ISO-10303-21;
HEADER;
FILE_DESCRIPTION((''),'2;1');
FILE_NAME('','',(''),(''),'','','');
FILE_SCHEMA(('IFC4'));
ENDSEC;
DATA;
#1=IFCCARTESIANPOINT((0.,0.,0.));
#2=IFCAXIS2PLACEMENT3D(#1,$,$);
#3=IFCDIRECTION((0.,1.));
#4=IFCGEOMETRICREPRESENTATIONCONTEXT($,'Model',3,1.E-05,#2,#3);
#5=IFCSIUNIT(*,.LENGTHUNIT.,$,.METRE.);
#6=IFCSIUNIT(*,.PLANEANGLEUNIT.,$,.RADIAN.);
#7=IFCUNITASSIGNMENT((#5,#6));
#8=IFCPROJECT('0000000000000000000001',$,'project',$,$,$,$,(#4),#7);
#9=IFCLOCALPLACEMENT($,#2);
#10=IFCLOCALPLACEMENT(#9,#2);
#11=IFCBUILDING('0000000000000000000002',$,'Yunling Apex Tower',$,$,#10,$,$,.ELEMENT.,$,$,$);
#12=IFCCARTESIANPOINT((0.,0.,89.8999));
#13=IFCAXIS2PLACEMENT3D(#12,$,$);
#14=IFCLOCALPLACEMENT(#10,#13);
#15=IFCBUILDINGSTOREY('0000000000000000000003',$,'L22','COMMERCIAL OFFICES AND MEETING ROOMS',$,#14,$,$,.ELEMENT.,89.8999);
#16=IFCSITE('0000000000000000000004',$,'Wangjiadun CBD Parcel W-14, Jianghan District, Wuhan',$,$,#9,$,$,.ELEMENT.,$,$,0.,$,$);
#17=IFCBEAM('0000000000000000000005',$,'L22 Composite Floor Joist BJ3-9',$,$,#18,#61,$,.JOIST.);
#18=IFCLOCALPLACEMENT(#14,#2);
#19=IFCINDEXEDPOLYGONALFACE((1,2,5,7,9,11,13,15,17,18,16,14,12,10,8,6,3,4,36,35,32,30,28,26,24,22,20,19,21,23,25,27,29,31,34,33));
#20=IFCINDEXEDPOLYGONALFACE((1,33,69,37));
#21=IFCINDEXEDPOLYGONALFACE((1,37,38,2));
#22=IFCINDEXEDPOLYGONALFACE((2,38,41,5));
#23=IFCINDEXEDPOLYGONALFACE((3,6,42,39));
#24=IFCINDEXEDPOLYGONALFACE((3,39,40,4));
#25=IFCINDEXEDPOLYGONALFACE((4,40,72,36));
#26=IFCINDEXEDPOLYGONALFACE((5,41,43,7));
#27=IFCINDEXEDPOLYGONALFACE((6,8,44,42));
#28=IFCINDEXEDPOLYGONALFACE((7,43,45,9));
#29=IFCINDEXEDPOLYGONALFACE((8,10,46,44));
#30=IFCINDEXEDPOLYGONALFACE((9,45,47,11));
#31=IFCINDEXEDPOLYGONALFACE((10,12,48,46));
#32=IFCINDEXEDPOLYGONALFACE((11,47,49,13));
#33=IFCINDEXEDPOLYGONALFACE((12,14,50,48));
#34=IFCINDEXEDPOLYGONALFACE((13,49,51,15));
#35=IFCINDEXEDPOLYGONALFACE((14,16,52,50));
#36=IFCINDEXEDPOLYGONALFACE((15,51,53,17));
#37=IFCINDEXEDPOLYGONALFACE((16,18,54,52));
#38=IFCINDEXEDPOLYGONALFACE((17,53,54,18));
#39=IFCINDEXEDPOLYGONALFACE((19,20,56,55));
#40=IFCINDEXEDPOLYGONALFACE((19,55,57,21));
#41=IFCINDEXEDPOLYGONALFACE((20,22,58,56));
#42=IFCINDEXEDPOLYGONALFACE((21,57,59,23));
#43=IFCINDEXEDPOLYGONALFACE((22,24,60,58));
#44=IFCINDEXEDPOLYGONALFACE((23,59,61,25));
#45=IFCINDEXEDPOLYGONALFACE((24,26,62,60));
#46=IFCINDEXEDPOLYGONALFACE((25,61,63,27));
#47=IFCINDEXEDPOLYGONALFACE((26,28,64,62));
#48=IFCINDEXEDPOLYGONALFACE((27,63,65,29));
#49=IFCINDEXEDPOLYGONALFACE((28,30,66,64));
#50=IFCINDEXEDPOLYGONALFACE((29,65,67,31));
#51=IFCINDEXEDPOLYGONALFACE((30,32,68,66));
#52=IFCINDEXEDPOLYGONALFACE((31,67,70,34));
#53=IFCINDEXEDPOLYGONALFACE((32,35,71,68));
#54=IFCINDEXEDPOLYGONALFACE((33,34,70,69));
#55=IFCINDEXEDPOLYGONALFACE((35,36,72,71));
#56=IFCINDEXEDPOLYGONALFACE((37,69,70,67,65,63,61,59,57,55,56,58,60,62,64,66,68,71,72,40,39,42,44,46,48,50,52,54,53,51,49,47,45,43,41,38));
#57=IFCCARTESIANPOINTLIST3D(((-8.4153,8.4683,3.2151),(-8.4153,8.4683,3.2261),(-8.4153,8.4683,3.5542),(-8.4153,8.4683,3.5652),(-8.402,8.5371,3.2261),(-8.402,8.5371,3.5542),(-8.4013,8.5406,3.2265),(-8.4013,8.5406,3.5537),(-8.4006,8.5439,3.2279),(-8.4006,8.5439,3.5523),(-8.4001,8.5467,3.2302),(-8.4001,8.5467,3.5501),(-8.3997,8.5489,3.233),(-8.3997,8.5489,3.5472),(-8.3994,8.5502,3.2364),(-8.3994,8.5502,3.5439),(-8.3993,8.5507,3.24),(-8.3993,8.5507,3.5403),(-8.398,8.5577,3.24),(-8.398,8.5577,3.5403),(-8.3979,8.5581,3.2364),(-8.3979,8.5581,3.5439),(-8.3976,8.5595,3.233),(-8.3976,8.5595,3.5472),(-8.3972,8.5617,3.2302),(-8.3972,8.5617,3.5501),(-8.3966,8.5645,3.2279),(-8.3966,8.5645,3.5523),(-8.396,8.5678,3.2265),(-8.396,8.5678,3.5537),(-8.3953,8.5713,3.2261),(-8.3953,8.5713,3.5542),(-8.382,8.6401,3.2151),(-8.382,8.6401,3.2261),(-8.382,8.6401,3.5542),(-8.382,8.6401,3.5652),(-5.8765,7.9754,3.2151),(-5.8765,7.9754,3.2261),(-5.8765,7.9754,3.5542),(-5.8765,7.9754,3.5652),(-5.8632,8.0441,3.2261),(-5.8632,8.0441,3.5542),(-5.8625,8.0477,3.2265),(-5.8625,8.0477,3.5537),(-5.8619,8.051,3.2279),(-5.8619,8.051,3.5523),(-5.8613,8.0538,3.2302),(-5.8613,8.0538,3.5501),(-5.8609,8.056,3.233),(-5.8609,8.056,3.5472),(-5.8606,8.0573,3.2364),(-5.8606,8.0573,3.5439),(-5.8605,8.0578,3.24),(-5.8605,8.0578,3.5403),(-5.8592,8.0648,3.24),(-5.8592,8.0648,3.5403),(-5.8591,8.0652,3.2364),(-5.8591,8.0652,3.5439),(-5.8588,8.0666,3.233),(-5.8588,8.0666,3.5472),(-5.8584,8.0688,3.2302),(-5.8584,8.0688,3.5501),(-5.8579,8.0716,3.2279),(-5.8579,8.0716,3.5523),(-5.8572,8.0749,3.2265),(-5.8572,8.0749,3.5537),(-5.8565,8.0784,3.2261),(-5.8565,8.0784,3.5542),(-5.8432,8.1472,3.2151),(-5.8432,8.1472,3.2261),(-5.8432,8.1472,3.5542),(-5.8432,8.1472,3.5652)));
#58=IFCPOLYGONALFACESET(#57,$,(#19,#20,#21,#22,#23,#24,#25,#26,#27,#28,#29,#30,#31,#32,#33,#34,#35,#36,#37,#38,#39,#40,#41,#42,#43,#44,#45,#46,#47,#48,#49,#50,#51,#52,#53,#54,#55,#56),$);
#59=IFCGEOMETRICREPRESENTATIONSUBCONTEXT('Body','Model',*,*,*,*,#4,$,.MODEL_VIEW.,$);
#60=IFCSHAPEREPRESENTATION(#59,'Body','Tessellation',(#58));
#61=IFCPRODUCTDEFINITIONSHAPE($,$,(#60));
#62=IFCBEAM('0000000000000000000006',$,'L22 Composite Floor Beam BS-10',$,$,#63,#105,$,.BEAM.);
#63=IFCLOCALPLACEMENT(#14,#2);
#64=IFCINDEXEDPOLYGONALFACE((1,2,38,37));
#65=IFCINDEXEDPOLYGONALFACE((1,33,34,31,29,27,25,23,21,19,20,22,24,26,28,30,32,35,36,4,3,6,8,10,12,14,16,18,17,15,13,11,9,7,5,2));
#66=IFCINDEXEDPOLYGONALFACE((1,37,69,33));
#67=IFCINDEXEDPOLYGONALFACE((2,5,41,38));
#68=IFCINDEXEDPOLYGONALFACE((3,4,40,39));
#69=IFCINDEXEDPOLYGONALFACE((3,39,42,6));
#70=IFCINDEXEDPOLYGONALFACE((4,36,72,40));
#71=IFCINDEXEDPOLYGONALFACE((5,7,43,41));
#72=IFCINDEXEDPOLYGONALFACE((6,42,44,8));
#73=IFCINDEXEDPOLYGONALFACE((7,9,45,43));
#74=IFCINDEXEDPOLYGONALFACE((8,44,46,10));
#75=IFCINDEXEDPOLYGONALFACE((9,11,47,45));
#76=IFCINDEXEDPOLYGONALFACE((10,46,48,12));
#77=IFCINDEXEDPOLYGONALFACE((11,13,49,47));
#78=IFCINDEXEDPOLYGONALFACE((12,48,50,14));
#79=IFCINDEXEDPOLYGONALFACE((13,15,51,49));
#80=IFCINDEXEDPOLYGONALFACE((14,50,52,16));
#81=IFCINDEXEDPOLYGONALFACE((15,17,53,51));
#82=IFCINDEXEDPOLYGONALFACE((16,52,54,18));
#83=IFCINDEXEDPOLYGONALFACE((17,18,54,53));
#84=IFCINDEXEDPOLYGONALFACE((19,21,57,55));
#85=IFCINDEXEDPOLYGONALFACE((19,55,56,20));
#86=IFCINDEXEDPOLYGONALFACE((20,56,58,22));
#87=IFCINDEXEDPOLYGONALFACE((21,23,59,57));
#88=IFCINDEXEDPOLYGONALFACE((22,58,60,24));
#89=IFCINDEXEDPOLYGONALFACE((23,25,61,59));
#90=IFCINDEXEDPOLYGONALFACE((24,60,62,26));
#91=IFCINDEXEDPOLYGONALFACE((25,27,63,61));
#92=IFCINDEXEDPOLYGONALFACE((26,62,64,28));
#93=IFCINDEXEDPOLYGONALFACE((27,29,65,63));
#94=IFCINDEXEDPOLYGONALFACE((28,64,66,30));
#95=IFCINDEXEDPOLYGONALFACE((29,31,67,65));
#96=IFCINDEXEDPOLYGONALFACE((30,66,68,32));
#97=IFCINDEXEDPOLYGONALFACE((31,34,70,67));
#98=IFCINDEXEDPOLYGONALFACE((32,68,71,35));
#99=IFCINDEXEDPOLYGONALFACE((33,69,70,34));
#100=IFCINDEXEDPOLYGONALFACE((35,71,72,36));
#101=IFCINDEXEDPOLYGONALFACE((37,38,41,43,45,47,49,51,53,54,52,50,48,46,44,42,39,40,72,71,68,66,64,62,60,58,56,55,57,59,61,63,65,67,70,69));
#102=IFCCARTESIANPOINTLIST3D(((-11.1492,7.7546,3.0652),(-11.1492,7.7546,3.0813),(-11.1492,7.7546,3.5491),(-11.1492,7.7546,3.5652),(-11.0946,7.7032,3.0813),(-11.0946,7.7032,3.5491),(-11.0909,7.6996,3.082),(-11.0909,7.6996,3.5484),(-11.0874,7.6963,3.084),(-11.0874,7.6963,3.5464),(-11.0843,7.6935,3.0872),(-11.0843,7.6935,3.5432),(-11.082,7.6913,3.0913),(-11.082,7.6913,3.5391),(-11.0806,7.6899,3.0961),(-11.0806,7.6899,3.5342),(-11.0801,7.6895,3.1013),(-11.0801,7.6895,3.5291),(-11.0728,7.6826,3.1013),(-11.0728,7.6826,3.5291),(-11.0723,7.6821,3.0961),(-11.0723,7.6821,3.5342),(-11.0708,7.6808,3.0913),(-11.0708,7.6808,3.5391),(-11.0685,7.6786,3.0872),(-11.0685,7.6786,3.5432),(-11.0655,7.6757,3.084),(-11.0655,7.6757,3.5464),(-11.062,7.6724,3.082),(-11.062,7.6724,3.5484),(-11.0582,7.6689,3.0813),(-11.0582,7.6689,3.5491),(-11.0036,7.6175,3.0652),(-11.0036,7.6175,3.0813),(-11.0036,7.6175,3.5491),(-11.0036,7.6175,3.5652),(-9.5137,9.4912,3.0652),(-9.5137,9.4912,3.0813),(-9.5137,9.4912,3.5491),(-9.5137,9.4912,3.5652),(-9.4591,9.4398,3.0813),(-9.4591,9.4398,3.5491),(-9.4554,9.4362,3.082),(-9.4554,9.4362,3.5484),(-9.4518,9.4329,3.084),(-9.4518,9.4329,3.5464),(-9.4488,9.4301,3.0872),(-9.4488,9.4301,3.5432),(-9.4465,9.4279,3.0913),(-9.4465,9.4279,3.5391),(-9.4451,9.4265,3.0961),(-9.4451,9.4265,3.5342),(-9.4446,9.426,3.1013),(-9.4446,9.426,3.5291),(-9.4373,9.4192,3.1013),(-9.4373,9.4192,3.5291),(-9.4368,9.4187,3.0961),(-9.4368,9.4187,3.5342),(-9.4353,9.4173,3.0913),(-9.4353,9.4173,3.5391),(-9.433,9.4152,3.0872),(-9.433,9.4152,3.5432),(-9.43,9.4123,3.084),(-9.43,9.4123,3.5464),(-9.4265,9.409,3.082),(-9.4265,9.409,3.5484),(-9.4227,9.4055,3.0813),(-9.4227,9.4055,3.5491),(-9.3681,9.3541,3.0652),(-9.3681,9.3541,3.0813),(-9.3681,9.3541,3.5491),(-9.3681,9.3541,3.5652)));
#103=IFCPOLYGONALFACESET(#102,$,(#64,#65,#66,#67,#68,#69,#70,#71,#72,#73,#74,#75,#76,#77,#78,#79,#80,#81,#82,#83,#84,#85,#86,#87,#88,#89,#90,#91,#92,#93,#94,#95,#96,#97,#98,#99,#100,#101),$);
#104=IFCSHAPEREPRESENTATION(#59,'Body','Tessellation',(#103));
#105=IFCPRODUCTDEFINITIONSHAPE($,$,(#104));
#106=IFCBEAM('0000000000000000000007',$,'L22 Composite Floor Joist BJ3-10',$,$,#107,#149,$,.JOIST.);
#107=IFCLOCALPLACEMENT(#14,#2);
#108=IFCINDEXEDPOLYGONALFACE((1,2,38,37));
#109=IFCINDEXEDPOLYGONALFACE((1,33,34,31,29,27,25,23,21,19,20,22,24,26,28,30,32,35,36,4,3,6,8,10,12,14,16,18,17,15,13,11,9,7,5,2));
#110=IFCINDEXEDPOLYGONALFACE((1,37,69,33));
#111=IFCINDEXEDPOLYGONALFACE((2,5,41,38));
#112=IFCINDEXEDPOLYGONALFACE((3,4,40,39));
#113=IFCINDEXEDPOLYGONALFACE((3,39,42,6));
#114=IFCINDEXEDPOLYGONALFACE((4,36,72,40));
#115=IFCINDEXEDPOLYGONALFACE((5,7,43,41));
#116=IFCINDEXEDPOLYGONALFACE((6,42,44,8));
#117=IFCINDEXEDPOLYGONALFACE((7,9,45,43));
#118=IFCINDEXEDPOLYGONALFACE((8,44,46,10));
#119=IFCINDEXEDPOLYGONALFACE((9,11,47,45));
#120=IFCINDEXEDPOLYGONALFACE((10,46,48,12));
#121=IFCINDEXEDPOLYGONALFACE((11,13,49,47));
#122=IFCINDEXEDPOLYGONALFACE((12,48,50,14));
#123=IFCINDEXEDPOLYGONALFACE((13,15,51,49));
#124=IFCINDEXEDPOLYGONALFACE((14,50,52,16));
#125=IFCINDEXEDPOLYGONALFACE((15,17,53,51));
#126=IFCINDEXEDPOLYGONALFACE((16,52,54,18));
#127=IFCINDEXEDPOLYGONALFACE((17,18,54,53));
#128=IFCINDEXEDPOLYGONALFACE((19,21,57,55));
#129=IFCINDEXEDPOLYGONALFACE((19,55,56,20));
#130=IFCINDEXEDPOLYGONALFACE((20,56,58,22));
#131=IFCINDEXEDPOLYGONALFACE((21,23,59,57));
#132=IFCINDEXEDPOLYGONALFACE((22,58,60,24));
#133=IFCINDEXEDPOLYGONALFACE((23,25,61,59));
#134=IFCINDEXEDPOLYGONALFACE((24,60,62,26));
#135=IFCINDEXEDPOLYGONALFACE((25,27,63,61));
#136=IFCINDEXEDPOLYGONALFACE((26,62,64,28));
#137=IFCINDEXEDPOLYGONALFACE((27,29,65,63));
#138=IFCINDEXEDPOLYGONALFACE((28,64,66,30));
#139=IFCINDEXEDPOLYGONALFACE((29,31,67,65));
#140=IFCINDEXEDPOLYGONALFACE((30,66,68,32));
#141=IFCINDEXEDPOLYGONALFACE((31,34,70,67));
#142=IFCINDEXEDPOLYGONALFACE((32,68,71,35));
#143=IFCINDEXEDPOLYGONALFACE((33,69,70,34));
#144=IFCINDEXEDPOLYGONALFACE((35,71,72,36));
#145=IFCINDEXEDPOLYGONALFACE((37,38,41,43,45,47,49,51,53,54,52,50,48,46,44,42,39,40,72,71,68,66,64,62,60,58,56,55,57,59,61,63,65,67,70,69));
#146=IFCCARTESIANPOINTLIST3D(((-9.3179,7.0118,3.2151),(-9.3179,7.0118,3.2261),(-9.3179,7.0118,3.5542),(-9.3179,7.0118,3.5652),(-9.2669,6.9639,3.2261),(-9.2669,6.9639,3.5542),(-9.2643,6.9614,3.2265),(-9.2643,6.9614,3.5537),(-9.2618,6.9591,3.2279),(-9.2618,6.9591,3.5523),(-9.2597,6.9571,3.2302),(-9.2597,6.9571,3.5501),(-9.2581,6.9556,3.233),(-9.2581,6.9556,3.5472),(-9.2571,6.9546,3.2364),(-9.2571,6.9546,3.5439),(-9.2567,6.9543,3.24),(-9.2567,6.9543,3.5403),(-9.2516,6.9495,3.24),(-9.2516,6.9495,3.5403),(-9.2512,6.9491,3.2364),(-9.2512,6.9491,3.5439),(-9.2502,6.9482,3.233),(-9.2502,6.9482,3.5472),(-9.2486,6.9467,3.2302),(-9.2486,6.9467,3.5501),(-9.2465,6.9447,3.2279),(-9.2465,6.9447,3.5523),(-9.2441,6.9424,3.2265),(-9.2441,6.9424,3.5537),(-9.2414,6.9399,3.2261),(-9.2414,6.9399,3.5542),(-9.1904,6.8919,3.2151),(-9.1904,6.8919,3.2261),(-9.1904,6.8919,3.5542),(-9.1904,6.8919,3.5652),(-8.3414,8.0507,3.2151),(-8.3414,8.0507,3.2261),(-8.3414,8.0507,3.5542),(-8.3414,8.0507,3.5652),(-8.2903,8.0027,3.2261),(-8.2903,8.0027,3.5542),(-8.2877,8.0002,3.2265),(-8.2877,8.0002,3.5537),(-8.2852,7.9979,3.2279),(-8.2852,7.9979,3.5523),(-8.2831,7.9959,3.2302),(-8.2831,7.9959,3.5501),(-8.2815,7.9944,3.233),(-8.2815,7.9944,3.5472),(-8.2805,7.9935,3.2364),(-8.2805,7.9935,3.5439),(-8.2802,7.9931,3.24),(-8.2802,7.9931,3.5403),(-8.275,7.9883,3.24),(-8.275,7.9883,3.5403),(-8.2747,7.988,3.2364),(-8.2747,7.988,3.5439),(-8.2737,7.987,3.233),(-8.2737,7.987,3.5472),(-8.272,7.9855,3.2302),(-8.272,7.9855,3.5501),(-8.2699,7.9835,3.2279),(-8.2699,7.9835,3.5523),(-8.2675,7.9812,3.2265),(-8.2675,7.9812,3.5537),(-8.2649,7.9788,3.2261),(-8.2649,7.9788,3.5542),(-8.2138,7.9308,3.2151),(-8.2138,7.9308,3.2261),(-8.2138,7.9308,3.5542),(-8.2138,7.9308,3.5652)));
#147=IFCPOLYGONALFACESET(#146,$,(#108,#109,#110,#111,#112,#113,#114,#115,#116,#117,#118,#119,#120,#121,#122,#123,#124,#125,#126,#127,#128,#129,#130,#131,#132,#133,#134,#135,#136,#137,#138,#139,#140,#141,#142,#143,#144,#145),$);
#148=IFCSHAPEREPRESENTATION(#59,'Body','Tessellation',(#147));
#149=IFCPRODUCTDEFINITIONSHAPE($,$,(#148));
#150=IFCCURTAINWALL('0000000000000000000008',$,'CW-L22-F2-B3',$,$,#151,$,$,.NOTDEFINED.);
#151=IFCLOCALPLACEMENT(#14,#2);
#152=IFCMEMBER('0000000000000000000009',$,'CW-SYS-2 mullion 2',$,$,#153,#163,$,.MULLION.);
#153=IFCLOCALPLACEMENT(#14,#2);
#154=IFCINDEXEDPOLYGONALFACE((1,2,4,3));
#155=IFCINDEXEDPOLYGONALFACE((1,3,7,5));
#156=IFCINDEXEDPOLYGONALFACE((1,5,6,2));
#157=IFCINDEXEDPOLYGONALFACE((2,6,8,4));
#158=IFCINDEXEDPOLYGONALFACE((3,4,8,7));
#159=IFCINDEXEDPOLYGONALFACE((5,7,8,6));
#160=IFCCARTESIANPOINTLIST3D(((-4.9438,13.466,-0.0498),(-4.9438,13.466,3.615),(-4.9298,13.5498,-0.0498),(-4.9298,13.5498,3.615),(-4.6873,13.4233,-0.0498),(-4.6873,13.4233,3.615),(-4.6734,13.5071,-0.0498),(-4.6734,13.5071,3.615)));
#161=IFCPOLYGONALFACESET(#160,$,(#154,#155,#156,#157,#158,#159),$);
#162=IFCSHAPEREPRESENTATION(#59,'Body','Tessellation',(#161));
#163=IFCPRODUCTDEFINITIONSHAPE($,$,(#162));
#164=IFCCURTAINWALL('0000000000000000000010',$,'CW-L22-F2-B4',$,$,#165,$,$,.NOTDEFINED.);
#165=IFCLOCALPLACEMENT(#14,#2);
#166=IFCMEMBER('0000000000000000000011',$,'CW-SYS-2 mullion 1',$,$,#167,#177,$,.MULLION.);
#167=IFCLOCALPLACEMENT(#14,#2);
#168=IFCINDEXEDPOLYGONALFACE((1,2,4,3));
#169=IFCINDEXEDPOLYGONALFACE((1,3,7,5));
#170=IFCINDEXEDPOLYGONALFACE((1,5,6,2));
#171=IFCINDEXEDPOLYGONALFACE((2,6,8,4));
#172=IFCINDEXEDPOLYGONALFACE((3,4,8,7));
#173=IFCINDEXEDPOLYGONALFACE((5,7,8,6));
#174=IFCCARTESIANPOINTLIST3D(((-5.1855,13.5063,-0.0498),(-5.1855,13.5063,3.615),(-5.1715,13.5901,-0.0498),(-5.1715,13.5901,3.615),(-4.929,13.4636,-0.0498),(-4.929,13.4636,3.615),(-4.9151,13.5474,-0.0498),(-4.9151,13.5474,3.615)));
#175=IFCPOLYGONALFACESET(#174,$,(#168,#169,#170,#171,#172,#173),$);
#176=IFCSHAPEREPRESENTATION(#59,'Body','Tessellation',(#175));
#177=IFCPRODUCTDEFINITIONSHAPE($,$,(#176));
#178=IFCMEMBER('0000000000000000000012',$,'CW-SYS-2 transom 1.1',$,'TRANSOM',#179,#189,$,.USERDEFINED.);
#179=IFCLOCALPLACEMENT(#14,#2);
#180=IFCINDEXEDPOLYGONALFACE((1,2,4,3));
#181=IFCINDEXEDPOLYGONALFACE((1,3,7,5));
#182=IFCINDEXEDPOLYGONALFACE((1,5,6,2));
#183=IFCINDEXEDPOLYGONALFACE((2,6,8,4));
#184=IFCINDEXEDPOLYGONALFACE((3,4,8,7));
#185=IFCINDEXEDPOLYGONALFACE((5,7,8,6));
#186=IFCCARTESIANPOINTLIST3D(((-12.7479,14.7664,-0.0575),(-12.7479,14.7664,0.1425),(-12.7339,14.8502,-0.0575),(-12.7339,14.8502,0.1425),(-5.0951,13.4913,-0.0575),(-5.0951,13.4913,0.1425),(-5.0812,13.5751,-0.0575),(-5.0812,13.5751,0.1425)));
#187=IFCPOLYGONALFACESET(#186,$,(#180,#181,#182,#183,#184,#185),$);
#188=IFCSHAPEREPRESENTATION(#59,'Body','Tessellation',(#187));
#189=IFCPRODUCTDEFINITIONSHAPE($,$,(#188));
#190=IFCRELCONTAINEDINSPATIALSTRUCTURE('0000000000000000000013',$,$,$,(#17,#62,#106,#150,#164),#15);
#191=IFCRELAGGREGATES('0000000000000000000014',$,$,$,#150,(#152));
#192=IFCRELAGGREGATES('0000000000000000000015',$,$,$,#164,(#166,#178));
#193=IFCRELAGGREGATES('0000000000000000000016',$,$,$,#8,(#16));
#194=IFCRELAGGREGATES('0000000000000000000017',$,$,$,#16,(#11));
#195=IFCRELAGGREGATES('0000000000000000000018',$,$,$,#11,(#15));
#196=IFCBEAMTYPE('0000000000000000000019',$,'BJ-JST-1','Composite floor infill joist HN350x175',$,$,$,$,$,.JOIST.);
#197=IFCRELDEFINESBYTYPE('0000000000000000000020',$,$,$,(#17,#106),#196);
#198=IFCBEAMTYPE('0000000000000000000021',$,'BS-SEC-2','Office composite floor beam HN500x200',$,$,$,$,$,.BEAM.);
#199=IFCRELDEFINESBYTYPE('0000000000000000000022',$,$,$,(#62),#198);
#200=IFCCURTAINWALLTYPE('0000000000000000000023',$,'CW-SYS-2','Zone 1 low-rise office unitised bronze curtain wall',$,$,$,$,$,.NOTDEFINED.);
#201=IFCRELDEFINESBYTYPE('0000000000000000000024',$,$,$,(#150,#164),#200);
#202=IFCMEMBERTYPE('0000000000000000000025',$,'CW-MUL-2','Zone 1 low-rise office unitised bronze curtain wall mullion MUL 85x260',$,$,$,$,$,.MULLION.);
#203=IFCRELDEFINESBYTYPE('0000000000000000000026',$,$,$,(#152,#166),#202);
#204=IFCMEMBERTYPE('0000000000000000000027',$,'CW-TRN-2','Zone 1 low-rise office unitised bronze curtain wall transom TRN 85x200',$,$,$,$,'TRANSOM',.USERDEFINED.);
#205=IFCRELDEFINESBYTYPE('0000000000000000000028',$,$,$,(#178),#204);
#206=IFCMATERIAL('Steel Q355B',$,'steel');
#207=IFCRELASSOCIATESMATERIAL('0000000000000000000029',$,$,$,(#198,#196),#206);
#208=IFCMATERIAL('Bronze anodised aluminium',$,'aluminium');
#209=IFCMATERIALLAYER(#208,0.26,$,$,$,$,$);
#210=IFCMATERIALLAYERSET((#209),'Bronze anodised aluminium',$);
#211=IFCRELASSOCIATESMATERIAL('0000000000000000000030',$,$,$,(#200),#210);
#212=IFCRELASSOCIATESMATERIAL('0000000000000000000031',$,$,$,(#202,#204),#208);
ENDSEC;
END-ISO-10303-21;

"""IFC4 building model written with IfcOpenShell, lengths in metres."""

from ifc_helpers import new_model, si_unit, direction, frame, origin, origin_2d, place, context, subcontext, project, spatial, rectangle, i_section, extrude, source, transform, mapped, material, layer, layer_set, material_profile, profile_set, type_object, element, aggregate, save


model = new_model("IFC4")

# Units and contexts
model_context = context("Model", 3, precision=1e-05, world=origin(), true_north=direction((0.0, 1.0)))
body_context = subcontext(model_context, "Body", "Model", "MODEL_VIEW")
ifc_project = project(units=[si_unit("LENGTHUNIT", "METRE"), si_unit("PLANEANGLEUNIT", "RADIAN")], contexts=[model_context])

# Site, building, storey
site_placement = place(None, origin())
site = spatial("IfcSite", under=ifc_project, at=site_placement, Name="Wangjiadun CBD Parcel W-14, Jianghan District, Wuhan", CompositionType="ELEMENT", RefElevation=0.0)
building_placement = place(site_placement, origin())
building = spatial("IfcBuilding", under=site, at=building_placement, Name="Yunling Apex Tower", CompositionType="ELEMENT")
storey_placement = place(building_placement, frame((0.0, 0.0, 89.8999)))
storey = spatial("IfcBuildingStorey", under=building, at=storey_placement, Name="L22", Description="COMMERCIAL OFFICES AND MEETING ROOMS", CompositionType="ELEMENT", Elevation=89.8999)

# Beams
ifc_material_1 = material(Name="Steel Q355B", Category="steel")
ifc_material_profile_1 = material_profile(ifc_material_1, i_section(OverallWidth=0.2, OverallDepth=0.5, WebThickness=0.01, FlangeThickness=0.0161, FilletRadius=0.02, at=origin_2d()))
ifc_profile_set_1 = profile_set([ifc_material_profile_1], Name="Steel Q355B")
beam_type_1 = type_object("IfcBeamType", Name="BS-SEC-2", Description="Office composite floor beam HN500x200", PredefinedType="BEAM", material=ifc_profile_set_1)
ifc_material_profile_2 = material_profile(ifc_material_1, i_section(OverallWidth=0.175, OverallDepth=0.3501, WebThickness=0.0071, FlangeThickness=0.011, FilletRadius=0.0139, at=origin_2d()))
ifc_profile_set_2 = profile_set([ifc_material_profile_2], Name="Steel Q355B")
beam_type_2 = type_object("IfcBeamType", Name="BJ-JST-1", Description="Composite floor infill joist HN350x175", PredefinedType="JOIST", material=ifc_profile_set_2)
shared_shape_1 = source(origin(), body_context, "Body", "SweptSolid", [
    extrude(i_section(OverallWidth=0.175, OverallDepth=0.3501, WebThickness=0.0071, FlangeThickness=0.011, FilletRadius=0.0139, at=origin_2d()), origin(), (0.0, 0.0, 1.0), 2.5862),
])
beam_1_placement = place(storey_placement, frame((-5.8599, 8.0613, 3.3901), z_axis=(-0.981669, 0.190594, 0.0), x_axis=(-0.190594, -0.981669, 0.0)))
element("IfcBeam", 1, at=beam_1_placement, inside=storey, type_object=beam_type_2, Name="L22 Composite Floor Joist BJ3-9", PredefinedType="JOIST", context=body_context, shape_type="MappedRepresentation", body=[
    mapped(shared_shape_1, transform((0.0, 0.0, 0.0), scale=1.0)),
])
shared_shape_2 = source(origin(), body_context, "Body", "SweptSolid", [
    extrude(i_section(OverallWidth=0.2, OverallDepth=0.5, WebThickness=0.01, FlangeThickness=0.0161, FilletRadius=0.02, at=origin_2d()), origin(), (0.0, 0.0, 1.0), 2.3855),
])
beam_2_placement = place(storey_placement, frame((-9.4409, 9.4226, 3.3152), z_axis=(-0.685604, -0.727975, 0.0), x_axis=(0.727975, -0.685604, 0.0)))
element("IfcBeam", 2, at=beam_2_placement, inside=storey, type_object=beam_type_1, Name="L22 Composite Floor Beam BS-10", PredefinedType="BEAM", context=body_context, shape_type="MappedRepresentation", body=[
    mapped(shared_shape_2, transform((0.0, 0.0, 0.0), scale=1.0)),
])
shared_shape_3 = source(origin(), body_context, "Body", "SweptSolid", [
    extrude(i_section(OverallWidth=0.175, OverallDepth=0.3501, WebThickness=0.0071, FlangeThickness=0.011, FilletRadius=0.0139, at=origin_2d()), origin(), (0.0, 0.0, 1.0), 1.4258),
])
beam_3_placement = place(storey_placement, frame((-8.2776, 7.9907, 3.3901), z_axis=(-0.684937, -0.728602, 0.0), x_axis=(0.728602, -0.684937, 0.0)))
element("IfcBeam", 3, at=beam_3_placement, inside=storey, type_object=beam_type_2, Name="L22 Composite Floor Joist BJ3-10", PredefinedType="JOIST", context=body_context, shape_type="MappedRepresentation", body=[
    mapped(shared_shape_3, transform((0.0, 0.0, 0.0), scale=1.0)),
])

# Curtain wall, member
ifc_material_2 = material(Name="Bronze anodised aluminium", Category="aluminium")
ifc_layer_1 = layer(ifc_material_2, 0.26)
ifc_layer_set_1 = layer_set([ifc_layer_1], Name="Bronze anodised aluminium")
curtain_wall_type = type_object("IfcCurtainWallType", Name="CW-SYS-2", Description="Zone 1 low-rise office unitised bronze curtain wall", PredefinedType="NOTDEFINED", material=ifc_layer_set_1)
curtain_wall_1_placement = place(storey_placement, origin())
curtain_wall_1 = element("IfcCurtainWall", 4, at=curtain_wall_1_placement, inside=storey, type_object=curtain_wall_type, Name="CW-L22-F2-B3", PredefinedType="NOTDEFINED")
ifc_material_profile_3 = material_profile(ifc_material_2, rectangle(XDim=0.085, YDim=0.26, at=origin_2d()))
ifc_profile_set_3 = profile_set([ifc_material_profile_3], Name="Bronze anodised aluminium")
member_type_1 = type_object("IfcMemberType", Name="CW-MUL-2", Description="Zone 1 low-rise office unitised bronze curtain wall mullion MUL 85x260", PredefinedType="MULLION", material=ifc_profile_set_3)
shared_shape_4 = source(origin(), body_context, "Body", "SweptSolid", [
    extrude(rectangle(XDim=0.085, YDim=0.26, at=origin_2d()), origin(), (0.0, 0.0, 1.0), 3.6648),
])
member_1_placement = place(storey_placement, frame((-4.8086, 13.4866, -0.0498), z_axis=(0.0, 0.0, 1.0), x_axis=(-0.164362, -0.9864, 0.0)))
member_1 = element("IfcMember", 5, at=member_1_placement, type_object=member_type_1, Name="CW-SYS-2 mullion 2", PredefinedType="MULLION", context=body_context, shape_type="MappedRepresentation", body=[
    mapped(shared_shape_4, transform((0.0, 0.0, 0.0), scale=1.0)),
])
aggregate(curtain_wall_1, [member_1])

# Curtain wall, members
curtain_wall_2_placement = place(storey_placement, origin())
curtain_wall_2 = element("IfcCurtainWall", 6, at=curtain_wall_2_placement, inside=storey, type_object=curtain_wall_type, Name="CW-L22-F2-B4", PredefinedType="NOTDEFINED")
member_2_placement = place(storey_placement, frame((-5.0503, 13.5269, -0.0498), z_axis=(0.0, 0.0, 1.0), x_axis=(-0.16436, -0.9864, 0.0)))
member_2 = element("IfcMember", 7, at=member_2_placement, type_object=member_type_1, Name="CW-SYS-2 mullion 1", PredefinedType="MULLION", context=body_context, shape_type="MappedRepresentation", body=[
    mapped(shared_shape_4, transform((0.0, 0.0, 0.0), scale=1.0)),
])
ifc_material_profile_4 = material_profile(ifc_material_2, rectangle(XDim=0.085, YDim=0.2, at=origin_2d()))
ifc_profile_set_4 = profile_set([ifc_material_profile_4], Name="Bronze anodised aluminium")
member_type_2 = type_object("IfcMemberType", Name="CW-TRN-2", Description="Zone 1 low-rise office unitised bronze curtain wall transom TRN 85x200", ElementType="TRANSOM", PredefinedType="USERDEFINED", material=ifc_profile_set_4)
shared_shape_5 = source(origin(), body_context, "Body", "SweptSolid", [
    extrude(rectangle(XDim=0.085, YDim=0.2, at=origin_2d()), origin(), (0.0, 0.0, 1.0), 7.7583),
])
member_3_placement = place(storey_placement, frame((-5.0881, 13.5332, 0.0425), z_axis=(-0.986401, 0.164358, 0.0), x_axis=(-0.164358, -0.986401, 0.0)))
member_3 = element("IfcMember", 8, at=member_3_placement, type_object=member_type_2, Name="CW-SYS-2 transom 1.1", ObjectType="TRANSOM", PredefinedType="USERDEFINED", context=body_context, shape_type="MappedRepresentation", body=[
    mapped(shared_shape_5, transform((0.0, 0.0, 0.0), scale=1.0)),
])
aggregate(curtain_wall_2, [member_2, member_3])

save(model, "model.ifc")
